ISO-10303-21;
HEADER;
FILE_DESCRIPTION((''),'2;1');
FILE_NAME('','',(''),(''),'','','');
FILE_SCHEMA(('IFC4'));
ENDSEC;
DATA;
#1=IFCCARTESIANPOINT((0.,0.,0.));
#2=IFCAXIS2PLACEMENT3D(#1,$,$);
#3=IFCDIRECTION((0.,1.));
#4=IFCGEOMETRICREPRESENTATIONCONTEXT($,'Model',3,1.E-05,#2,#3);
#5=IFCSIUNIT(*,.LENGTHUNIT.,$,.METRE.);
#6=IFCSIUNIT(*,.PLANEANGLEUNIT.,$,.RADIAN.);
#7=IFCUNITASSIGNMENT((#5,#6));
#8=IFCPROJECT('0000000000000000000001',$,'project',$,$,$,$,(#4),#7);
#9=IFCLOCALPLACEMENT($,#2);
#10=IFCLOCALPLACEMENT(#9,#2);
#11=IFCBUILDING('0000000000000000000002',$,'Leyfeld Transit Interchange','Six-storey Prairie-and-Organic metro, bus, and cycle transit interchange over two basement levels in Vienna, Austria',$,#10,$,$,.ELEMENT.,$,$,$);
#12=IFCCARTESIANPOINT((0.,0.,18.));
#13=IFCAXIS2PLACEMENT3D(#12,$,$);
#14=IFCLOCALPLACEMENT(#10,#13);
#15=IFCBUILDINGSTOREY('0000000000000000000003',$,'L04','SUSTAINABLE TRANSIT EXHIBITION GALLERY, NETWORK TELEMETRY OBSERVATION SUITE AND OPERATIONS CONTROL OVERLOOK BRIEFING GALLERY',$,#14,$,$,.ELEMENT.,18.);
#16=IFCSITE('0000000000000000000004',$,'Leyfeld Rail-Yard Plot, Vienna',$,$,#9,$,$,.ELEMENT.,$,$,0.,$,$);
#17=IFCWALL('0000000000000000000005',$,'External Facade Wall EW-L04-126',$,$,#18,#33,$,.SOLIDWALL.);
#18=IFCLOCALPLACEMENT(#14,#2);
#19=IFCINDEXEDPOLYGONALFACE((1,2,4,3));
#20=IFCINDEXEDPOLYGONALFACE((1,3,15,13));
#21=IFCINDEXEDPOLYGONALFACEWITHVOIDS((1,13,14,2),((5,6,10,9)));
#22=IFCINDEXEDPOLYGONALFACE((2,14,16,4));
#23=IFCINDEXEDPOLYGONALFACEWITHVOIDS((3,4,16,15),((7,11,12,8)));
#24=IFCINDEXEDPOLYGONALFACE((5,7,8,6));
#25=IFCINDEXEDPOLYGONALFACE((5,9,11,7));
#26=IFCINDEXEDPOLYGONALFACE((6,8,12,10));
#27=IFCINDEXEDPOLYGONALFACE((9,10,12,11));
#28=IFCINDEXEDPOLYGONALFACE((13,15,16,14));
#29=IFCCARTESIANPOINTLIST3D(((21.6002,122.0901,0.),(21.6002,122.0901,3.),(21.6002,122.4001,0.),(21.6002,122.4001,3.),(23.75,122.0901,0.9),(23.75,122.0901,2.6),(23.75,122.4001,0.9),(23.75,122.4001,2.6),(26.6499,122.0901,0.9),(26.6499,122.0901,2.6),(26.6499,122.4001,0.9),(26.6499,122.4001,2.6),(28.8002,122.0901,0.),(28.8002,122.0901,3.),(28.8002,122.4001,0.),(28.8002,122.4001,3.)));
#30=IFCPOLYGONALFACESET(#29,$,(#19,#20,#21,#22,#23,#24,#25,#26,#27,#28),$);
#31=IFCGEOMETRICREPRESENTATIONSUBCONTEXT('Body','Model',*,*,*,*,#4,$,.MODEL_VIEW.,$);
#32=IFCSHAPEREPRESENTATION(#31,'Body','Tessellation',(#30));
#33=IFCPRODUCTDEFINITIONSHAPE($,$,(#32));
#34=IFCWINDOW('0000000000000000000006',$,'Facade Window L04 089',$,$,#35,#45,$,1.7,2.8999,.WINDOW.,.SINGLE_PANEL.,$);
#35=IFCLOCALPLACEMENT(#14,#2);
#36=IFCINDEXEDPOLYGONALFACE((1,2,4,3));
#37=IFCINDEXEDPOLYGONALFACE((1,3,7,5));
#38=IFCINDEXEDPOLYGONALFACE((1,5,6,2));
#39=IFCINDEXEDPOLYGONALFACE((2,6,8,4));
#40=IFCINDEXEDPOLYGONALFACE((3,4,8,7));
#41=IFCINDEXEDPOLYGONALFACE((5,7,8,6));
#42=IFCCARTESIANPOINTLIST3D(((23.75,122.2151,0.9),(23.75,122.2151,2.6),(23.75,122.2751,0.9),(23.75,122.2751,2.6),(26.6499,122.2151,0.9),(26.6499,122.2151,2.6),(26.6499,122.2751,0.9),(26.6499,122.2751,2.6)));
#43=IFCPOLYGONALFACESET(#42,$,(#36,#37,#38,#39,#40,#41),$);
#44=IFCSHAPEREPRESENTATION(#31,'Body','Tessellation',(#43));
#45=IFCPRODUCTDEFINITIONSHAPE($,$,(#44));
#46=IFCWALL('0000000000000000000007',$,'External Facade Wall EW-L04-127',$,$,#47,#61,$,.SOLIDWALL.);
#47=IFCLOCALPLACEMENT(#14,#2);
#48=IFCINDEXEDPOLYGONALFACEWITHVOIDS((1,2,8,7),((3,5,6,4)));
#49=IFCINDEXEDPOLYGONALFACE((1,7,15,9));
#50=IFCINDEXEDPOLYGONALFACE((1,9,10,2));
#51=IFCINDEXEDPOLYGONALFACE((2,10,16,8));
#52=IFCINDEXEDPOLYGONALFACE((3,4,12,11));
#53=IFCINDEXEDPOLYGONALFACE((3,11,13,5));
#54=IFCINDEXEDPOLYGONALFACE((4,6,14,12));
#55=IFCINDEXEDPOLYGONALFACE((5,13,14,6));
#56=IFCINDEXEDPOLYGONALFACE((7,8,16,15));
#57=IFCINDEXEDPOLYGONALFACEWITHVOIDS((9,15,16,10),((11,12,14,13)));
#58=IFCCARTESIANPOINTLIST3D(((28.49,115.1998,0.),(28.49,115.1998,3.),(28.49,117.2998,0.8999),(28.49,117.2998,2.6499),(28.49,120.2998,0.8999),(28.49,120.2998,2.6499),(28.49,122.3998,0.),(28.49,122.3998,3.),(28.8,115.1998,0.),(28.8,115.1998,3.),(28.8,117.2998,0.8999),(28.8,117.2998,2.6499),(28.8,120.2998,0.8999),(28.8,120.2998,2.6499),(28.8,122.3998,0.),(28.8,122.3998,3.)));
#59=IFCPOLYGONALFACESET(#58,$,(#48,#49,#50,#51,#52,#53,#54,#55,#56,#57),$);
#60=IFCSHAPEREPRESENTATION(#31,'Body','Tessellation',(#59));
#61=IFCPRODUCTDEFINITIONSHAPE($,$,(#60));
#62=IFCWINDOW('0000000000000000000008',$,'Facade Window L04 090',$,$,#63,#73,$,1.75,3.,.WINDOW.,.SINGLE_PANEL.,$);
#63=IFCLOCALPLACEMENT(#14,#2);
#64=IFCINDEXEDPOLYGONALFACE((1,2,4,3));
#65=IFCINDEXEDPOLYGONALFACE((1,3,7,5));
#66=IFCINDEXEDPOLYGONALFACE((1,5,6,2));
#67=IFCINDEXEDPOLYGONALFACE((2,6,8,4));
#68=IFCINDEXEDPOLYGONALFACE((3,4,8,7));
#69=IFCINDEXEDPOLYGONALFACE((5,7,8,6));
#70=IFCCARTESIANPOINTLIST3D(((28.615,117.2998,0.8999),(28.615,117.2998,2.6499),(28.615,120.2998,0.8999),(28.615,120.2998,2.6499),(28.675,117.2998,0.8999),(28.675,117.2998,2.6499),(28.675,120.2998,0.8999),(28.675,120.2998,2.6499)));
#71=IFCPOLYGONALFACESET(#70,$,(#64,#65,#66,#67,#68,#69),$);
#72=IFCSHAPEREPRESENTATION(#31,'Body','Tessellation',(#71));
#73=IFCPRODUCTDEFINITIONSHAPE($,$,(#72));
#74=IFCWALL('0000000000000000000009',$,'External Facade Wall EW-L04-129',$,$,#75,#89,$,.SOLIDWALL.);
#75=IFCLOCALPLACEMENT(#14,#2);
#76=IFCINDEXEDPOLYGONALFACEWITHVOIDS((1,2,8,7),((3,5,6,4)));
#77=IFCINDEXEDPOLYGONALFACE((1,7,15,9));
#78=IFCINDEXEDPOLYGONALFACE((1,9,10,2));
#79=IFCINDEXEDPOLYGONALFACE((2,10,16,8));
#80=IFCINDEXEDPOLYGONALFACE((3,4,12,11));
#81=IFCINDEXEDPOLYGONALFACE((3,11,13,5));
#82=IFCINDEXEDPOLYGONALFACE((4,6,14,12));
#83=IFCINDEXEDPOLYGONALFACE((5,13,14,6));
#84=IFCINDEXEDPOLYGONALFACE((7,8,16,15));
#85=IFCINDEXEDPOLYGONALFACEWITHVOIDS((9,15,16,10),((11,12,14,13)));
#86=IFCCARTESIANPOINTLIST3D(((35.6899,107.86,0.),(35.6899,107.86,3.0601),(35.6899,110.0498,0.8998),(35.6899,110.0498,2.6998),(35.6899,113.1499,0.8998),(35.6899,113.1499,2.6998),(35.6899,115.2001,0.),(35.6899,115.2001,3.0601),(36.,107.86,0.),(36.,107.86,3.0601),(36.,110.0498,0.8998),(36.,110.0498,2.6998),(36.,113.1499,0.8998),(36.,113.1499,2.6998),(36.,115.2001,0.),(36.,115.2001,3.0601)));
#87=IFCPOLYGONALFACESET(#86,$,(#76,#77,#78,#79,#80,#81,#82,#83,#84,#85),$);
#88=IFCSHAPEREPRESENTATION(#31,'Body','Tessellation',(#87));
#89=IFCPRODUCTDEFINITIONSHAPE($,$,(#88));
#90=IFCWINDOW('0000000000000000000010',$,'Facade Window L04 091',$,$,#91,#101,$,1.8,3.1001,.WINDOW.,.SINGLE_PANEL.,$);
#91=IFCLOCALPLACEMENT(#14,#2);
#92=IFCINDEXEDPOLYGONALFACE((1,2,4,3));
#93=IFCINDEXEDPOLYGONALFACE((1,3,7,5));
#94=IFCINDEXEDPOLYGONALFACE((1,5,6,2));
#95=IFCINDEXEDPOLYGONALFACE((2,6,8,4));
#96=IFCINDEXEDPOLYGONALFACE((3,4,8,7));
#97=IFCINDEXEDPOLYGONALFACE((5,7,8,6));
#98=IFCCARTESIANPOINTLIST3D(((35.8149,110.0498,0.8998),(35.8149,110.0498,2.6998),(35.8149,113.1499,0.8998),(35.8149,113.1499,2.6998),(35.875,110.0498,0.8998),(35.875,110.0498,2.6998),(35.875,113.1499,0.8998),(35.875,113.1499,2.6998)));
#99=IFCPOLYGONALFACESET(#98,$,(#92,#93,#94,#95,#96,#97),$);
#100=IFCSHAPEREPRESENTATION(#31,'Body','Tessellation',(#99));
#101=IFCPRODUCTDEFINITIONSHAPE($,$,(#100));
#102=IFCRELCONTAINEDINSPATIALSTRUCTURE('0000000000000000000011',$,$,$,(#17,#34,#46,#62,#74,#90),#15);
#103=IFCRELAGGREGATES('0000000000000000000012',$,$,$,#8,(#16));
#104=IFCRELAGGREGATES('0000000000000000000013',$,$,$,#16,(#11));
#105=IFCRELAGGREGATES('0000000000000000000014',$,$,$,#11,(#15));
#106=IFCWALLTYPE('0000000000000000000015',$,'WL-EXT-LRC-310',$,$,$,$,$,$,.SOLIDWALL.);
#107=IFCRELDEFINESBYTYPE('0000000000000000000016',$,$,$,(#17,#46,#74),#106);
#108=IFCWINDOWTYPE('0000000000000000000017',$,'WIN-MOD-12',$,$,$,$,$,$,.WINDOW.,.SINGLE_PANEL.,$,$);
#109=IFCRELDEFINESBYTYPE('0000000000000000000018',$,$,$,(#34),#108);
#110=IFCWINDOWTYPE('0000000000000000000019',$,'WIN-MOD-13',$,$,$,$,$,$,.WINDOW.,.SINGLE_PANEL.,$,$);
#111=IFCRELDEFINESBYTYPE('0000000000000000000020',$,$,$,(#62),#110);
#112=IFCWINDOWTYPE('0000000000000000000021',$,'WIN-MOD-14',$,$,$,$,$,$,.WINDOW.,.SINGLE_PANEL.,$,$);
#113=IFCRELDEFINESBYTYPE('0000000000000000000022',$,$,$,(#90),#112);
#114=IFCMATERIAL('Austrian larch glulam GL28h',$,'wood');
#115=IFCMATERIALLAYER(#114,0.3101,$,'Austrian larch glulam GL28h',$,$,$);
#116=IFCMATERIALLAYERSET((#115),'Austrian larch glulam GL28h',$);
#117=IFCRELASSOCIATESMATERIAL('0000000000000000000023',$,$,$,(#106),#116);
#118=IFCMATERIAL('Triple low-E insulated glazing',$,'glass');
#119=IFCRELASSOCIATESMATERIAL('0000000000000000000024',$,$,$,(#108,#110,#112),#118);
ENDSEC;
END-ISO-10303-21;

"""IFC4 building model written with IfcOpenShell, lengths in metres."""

from ifc_helpers import new_model, si_unit, direction, frame, frame_2d, origin, place, context, subcontext, project, spatial, rectangle, extrude, material, layer, layer_set, type_object, element, fill, save


model = new_model("IFC4")

# Units and contexts
model_context = context("Model", 3, precision=1e-05, world=origin(), true_north=direction((0.0, 1.0)))
body_context = subcontext(model_context, "Body", "Model", "MODEL_VIEW")
ifc_project = project(units=[si_unit("LENGTHUNIT", "METRE"), si_unit("PLANEANGLEUNIT", "RADIAN")], contexts=[model_context])

# Site, building, storey
site_placement = place(None, origin())
site = spatial("IfcSite", under=ifc_project, at=site_placement, Name="Leyfeld Rail-Yard Plot, Vienna", CompositionType="ELEMENT", RefElevation=0.0)
building_placement = place(site_placement, origin())
building = spatial("IfcBuilding", under=site, at=building_placement, Name="Leyfeld Transit Interchange", Description="Six-storey Prairie-and-Organic metro, bus, and cycle transit interchange over two basement levels in Vienna, Austria", CompositionType="ELEMENT")
storey_placement = place(building_placement, frame((0.0, 0.0, 18.0)))
storey = spatial("IfcBuildingStorey", under=building, at=storey_placement, Name="L04", Description="SUSTAINABLE TRANSIT EXHIBITION GALLERY, NETWORK TELEMETRY OBSERVATION SUITE AND OPERATIONS CONTROL OVERLOOK BRIEFING GALLERY", CompositionType="ELEMENT", Elevation=18.0)

# Walls, openings, windows
ifc_material_1 = material(Name="Austrian larch glulam GL28h", Category="wood")
ifc_layer_1 = layer(ifc_material_1, 0.3101, Name="Austrian larch glulam GL28h")
ifc_layer_set_1 = layer_set([ifc_layer_1], Name="Austrian larch glulam GL28h")
wall_type = type_object("IfcWallType", Name="WL-EXT-LRC-310", PredefinedType="SOLIDWALL", material=ifc_layer_set_1)
wall_1_placement = place(storey_placement, frame((21.6001, 122.2451, 0.0), z_axis=(0.0, 0.0, 1.0), x_axis=(1.0, 0.0, 0.0)))
wall_1 = element("IfcWall", 1, at=wall_1_placement, inside=storey, type_object=wall_type, Name="External Facade Wall EW-L04-126", PredefinedType="SOLIDWALL", context=body_context, shape_type="SweptSolid", body=[
    extrude(rectangle(XDim=7.2, YDim=0.3101, at=frame_2d((3.6001, 0.0))), origin(), (0.0, 0.0, 1.0), 3.0),
])
opening_1_placement = place(wall_1_placement, frame((2.1499, 0.0, 0.8999)))
opening_1 = element("IfcOpeningElement", 2, at=opening_1_placement, cuts=wall_1, PredefinedType="OPENING", context=body_context, shape_type="SweptSolid", body=[
    extrude(rectangle(XDim=2.8999, YDim=1.7, at=frame_2d((1.45, 0.8501))), frame((0.0, 0.165, 0.0), z_axis=(0.0, -1.0, 0.0), x_axis=(1.0, 0.0, 0.0)), (0.0, 0.0, 1.0), 0.3301),
])
ifc_material_2 = material(Name="Triple low-E insulated glazing", Category="glass")
window_type_1 = type_object("IfcWindowType", Name="WIN-MOD-12", PartitioningType="SINGLE_PANEL", PredefinedType="WINDOW", material=ifc_material_2)
window_1_placement = place(opening_1_placement, origin())
window_1 = element("IfcWindow", 3, at=window_1_placement, inside=storey, type_object=window_type_1, Name="Facade Window L04 089", OverallHeight=1.7, OverallWidth=2.8999, PartitioningType="SINGLE_PANEL", PredefinedType="WINDOW", context=body_context, shape_type="SweptSolid", body=[
    extrude(rectangle(XDim=2.8999, YDim=1.7, at=frame_2d((1.45, 0.8501))), frame((0.0, 0.03, 0.0), z_axis=(0.0, -1.0, 0.0), x_axis=(1.0, 0.0, 0.0)), (0.0, 0.0, 1.0), 0.0601),
])
fill(opening_1, window_1)
wall_2_placement = place(storey_placement, frame((28.645, 122.3999, 0.0), z_axis=(0.0, 0.0, 1.0), x_axis=(0.0, -1.0, 0.0)))
wall_2 = element("IfcWall", 4, at=wall_2_placement, inside=storey, type_object=wall_type, Name="External Facade Wall EW-L04-127", PredefinedType="SOLIDWALL", context=body_context, shape_type="SweptSolid", body=[
    extrude(rectangle(XDim=7.2, YDim=0.3101, at=frame_2d((3.6001, 0.0))), origin(), (0.0, 0.0, 1.0), 3.0),
])
opening_2_placement = place(wall_2_placement, frame((2.1001, 0.0, 0.8999)))
opening_2 = element("IfcOpeningElement", 5, at=opening_2_placement, cuts=wall_2, PredefinedType="OPENING", context=body_context, shape_type="SweptSolid", body=[
    extrude(rectangle(XDim=3.0, YDim=1.75, at=frame_2d((1.5, 0.875))), frame((0.0, 0.165, 0.0), z_axis=(0.0, -1.0, 0.0), x_axis=(1.0, 0.0, 0.0)), (0.0, 0.0, 1.0), 0.3301),
])
window_type_2 = type_object("IfcWindowType", Name="WIN-MOD-13", PartitioningType="SINGLE_PANEL", PredefinedType="WINDOW", material=ifc_material_2)
window_2_placement = place(opening_2_placement, origin())
window_2 = element("IfcWindow", 6, at=window_2_placement, inside=storey, type_object=window_type_2, Name="Facade Window L04 090", OverallHeight=1.75, OverallWidth=3.0, PartitioningType="SINGLE_PANEL", PredefinedType="WINDOW", context=body_context, shape_type="SweptSolid", body=[
    extrude(rectangle(XDim=3.0, YDim=1.75, at=frame_2d((1.5, 0.875))), frame((0.0, 0.03, 0.0), z_axis=(0.0, -1.0, 0.0), x_axis=(1.0, 0.0, 0.0)), (0.0, 0.0, 1.0), 0.0601),
])
fill(opening_2, window_2)
wall_3_placement = place(storey_placement, frame((35.845, 115.2, 0.0), z_axis=(0.0, 0.0, 1.0), x_axis=(0.0, -1.0, 0.0)))
wall_3 = element("IfcWall", 7, at=wall_3_placement, inside=storey, type_object=wall_type, Name="External Facade Wall EW-L04-129", PredefinedType="SOLIDWALL", context=body_context, shape_type="SweptSolid", body=[
    extrude(rectangle(XDim=7.3401, YDim=0.3101, at=frame_2d((3.6699, 0.0))), origin(), (0.0, 0.0, 1.0), 3.0601),
])
opening_3_placement = place(wall_3_placement, frame((2.05, 0.0, 0.8999)))
opening_3 = element("IfcOpeningElement", 8, at=opening_3_placement, cuts=wall_3, PredefinedType="OPENING", context=body_context, shape_type="SweptSolid", body=[
    extrude(rectangle(XDim=3.1001, YDim=1.8, at=frame_2d((1.55, 0.8999))), frame((0.0, 0.165, 0.0), z_axis=(0.0, -1.0, 0.0), x_axis=(1.0, 0.0, 0.0)), (0.0, 0.0, 1.0), 0.3301),
])
window_type_3 = type_object("IfcWindowType", Name="WIN-MOD-14", PartitioningType="SINGLE_PANEL", PredefinedType="WINDOW", material=ifc_material_2)
window_3_placement = place(opening_3_placement, origin())
window_3 = element("IfcWindow", 9, at=window_3_placement, inside=storey, type_object=window_type_3, Name="Facade Window L04 091", OverallHeight=1.8, OverallWidth=3.1001, PartitioningType="SINGLE_PANEL", PredefinedType="WINDOW", context=body_context, shape_type="SweptSolid", body=[
    extrude(rectangle(XDim=3.1001, YDim=1.8, at=frame_2d((1.55, 0.8999))), frame((0.0, 0.03, 0.0), z_axis=(0.0, -1.0, 0.0), x_axis=(1.0, 0.0, 0.0)), (0.0, 0.0, 1.0), 0.0601),
])
fill(opening_3, window_3)

save(model, "model.ifc")
